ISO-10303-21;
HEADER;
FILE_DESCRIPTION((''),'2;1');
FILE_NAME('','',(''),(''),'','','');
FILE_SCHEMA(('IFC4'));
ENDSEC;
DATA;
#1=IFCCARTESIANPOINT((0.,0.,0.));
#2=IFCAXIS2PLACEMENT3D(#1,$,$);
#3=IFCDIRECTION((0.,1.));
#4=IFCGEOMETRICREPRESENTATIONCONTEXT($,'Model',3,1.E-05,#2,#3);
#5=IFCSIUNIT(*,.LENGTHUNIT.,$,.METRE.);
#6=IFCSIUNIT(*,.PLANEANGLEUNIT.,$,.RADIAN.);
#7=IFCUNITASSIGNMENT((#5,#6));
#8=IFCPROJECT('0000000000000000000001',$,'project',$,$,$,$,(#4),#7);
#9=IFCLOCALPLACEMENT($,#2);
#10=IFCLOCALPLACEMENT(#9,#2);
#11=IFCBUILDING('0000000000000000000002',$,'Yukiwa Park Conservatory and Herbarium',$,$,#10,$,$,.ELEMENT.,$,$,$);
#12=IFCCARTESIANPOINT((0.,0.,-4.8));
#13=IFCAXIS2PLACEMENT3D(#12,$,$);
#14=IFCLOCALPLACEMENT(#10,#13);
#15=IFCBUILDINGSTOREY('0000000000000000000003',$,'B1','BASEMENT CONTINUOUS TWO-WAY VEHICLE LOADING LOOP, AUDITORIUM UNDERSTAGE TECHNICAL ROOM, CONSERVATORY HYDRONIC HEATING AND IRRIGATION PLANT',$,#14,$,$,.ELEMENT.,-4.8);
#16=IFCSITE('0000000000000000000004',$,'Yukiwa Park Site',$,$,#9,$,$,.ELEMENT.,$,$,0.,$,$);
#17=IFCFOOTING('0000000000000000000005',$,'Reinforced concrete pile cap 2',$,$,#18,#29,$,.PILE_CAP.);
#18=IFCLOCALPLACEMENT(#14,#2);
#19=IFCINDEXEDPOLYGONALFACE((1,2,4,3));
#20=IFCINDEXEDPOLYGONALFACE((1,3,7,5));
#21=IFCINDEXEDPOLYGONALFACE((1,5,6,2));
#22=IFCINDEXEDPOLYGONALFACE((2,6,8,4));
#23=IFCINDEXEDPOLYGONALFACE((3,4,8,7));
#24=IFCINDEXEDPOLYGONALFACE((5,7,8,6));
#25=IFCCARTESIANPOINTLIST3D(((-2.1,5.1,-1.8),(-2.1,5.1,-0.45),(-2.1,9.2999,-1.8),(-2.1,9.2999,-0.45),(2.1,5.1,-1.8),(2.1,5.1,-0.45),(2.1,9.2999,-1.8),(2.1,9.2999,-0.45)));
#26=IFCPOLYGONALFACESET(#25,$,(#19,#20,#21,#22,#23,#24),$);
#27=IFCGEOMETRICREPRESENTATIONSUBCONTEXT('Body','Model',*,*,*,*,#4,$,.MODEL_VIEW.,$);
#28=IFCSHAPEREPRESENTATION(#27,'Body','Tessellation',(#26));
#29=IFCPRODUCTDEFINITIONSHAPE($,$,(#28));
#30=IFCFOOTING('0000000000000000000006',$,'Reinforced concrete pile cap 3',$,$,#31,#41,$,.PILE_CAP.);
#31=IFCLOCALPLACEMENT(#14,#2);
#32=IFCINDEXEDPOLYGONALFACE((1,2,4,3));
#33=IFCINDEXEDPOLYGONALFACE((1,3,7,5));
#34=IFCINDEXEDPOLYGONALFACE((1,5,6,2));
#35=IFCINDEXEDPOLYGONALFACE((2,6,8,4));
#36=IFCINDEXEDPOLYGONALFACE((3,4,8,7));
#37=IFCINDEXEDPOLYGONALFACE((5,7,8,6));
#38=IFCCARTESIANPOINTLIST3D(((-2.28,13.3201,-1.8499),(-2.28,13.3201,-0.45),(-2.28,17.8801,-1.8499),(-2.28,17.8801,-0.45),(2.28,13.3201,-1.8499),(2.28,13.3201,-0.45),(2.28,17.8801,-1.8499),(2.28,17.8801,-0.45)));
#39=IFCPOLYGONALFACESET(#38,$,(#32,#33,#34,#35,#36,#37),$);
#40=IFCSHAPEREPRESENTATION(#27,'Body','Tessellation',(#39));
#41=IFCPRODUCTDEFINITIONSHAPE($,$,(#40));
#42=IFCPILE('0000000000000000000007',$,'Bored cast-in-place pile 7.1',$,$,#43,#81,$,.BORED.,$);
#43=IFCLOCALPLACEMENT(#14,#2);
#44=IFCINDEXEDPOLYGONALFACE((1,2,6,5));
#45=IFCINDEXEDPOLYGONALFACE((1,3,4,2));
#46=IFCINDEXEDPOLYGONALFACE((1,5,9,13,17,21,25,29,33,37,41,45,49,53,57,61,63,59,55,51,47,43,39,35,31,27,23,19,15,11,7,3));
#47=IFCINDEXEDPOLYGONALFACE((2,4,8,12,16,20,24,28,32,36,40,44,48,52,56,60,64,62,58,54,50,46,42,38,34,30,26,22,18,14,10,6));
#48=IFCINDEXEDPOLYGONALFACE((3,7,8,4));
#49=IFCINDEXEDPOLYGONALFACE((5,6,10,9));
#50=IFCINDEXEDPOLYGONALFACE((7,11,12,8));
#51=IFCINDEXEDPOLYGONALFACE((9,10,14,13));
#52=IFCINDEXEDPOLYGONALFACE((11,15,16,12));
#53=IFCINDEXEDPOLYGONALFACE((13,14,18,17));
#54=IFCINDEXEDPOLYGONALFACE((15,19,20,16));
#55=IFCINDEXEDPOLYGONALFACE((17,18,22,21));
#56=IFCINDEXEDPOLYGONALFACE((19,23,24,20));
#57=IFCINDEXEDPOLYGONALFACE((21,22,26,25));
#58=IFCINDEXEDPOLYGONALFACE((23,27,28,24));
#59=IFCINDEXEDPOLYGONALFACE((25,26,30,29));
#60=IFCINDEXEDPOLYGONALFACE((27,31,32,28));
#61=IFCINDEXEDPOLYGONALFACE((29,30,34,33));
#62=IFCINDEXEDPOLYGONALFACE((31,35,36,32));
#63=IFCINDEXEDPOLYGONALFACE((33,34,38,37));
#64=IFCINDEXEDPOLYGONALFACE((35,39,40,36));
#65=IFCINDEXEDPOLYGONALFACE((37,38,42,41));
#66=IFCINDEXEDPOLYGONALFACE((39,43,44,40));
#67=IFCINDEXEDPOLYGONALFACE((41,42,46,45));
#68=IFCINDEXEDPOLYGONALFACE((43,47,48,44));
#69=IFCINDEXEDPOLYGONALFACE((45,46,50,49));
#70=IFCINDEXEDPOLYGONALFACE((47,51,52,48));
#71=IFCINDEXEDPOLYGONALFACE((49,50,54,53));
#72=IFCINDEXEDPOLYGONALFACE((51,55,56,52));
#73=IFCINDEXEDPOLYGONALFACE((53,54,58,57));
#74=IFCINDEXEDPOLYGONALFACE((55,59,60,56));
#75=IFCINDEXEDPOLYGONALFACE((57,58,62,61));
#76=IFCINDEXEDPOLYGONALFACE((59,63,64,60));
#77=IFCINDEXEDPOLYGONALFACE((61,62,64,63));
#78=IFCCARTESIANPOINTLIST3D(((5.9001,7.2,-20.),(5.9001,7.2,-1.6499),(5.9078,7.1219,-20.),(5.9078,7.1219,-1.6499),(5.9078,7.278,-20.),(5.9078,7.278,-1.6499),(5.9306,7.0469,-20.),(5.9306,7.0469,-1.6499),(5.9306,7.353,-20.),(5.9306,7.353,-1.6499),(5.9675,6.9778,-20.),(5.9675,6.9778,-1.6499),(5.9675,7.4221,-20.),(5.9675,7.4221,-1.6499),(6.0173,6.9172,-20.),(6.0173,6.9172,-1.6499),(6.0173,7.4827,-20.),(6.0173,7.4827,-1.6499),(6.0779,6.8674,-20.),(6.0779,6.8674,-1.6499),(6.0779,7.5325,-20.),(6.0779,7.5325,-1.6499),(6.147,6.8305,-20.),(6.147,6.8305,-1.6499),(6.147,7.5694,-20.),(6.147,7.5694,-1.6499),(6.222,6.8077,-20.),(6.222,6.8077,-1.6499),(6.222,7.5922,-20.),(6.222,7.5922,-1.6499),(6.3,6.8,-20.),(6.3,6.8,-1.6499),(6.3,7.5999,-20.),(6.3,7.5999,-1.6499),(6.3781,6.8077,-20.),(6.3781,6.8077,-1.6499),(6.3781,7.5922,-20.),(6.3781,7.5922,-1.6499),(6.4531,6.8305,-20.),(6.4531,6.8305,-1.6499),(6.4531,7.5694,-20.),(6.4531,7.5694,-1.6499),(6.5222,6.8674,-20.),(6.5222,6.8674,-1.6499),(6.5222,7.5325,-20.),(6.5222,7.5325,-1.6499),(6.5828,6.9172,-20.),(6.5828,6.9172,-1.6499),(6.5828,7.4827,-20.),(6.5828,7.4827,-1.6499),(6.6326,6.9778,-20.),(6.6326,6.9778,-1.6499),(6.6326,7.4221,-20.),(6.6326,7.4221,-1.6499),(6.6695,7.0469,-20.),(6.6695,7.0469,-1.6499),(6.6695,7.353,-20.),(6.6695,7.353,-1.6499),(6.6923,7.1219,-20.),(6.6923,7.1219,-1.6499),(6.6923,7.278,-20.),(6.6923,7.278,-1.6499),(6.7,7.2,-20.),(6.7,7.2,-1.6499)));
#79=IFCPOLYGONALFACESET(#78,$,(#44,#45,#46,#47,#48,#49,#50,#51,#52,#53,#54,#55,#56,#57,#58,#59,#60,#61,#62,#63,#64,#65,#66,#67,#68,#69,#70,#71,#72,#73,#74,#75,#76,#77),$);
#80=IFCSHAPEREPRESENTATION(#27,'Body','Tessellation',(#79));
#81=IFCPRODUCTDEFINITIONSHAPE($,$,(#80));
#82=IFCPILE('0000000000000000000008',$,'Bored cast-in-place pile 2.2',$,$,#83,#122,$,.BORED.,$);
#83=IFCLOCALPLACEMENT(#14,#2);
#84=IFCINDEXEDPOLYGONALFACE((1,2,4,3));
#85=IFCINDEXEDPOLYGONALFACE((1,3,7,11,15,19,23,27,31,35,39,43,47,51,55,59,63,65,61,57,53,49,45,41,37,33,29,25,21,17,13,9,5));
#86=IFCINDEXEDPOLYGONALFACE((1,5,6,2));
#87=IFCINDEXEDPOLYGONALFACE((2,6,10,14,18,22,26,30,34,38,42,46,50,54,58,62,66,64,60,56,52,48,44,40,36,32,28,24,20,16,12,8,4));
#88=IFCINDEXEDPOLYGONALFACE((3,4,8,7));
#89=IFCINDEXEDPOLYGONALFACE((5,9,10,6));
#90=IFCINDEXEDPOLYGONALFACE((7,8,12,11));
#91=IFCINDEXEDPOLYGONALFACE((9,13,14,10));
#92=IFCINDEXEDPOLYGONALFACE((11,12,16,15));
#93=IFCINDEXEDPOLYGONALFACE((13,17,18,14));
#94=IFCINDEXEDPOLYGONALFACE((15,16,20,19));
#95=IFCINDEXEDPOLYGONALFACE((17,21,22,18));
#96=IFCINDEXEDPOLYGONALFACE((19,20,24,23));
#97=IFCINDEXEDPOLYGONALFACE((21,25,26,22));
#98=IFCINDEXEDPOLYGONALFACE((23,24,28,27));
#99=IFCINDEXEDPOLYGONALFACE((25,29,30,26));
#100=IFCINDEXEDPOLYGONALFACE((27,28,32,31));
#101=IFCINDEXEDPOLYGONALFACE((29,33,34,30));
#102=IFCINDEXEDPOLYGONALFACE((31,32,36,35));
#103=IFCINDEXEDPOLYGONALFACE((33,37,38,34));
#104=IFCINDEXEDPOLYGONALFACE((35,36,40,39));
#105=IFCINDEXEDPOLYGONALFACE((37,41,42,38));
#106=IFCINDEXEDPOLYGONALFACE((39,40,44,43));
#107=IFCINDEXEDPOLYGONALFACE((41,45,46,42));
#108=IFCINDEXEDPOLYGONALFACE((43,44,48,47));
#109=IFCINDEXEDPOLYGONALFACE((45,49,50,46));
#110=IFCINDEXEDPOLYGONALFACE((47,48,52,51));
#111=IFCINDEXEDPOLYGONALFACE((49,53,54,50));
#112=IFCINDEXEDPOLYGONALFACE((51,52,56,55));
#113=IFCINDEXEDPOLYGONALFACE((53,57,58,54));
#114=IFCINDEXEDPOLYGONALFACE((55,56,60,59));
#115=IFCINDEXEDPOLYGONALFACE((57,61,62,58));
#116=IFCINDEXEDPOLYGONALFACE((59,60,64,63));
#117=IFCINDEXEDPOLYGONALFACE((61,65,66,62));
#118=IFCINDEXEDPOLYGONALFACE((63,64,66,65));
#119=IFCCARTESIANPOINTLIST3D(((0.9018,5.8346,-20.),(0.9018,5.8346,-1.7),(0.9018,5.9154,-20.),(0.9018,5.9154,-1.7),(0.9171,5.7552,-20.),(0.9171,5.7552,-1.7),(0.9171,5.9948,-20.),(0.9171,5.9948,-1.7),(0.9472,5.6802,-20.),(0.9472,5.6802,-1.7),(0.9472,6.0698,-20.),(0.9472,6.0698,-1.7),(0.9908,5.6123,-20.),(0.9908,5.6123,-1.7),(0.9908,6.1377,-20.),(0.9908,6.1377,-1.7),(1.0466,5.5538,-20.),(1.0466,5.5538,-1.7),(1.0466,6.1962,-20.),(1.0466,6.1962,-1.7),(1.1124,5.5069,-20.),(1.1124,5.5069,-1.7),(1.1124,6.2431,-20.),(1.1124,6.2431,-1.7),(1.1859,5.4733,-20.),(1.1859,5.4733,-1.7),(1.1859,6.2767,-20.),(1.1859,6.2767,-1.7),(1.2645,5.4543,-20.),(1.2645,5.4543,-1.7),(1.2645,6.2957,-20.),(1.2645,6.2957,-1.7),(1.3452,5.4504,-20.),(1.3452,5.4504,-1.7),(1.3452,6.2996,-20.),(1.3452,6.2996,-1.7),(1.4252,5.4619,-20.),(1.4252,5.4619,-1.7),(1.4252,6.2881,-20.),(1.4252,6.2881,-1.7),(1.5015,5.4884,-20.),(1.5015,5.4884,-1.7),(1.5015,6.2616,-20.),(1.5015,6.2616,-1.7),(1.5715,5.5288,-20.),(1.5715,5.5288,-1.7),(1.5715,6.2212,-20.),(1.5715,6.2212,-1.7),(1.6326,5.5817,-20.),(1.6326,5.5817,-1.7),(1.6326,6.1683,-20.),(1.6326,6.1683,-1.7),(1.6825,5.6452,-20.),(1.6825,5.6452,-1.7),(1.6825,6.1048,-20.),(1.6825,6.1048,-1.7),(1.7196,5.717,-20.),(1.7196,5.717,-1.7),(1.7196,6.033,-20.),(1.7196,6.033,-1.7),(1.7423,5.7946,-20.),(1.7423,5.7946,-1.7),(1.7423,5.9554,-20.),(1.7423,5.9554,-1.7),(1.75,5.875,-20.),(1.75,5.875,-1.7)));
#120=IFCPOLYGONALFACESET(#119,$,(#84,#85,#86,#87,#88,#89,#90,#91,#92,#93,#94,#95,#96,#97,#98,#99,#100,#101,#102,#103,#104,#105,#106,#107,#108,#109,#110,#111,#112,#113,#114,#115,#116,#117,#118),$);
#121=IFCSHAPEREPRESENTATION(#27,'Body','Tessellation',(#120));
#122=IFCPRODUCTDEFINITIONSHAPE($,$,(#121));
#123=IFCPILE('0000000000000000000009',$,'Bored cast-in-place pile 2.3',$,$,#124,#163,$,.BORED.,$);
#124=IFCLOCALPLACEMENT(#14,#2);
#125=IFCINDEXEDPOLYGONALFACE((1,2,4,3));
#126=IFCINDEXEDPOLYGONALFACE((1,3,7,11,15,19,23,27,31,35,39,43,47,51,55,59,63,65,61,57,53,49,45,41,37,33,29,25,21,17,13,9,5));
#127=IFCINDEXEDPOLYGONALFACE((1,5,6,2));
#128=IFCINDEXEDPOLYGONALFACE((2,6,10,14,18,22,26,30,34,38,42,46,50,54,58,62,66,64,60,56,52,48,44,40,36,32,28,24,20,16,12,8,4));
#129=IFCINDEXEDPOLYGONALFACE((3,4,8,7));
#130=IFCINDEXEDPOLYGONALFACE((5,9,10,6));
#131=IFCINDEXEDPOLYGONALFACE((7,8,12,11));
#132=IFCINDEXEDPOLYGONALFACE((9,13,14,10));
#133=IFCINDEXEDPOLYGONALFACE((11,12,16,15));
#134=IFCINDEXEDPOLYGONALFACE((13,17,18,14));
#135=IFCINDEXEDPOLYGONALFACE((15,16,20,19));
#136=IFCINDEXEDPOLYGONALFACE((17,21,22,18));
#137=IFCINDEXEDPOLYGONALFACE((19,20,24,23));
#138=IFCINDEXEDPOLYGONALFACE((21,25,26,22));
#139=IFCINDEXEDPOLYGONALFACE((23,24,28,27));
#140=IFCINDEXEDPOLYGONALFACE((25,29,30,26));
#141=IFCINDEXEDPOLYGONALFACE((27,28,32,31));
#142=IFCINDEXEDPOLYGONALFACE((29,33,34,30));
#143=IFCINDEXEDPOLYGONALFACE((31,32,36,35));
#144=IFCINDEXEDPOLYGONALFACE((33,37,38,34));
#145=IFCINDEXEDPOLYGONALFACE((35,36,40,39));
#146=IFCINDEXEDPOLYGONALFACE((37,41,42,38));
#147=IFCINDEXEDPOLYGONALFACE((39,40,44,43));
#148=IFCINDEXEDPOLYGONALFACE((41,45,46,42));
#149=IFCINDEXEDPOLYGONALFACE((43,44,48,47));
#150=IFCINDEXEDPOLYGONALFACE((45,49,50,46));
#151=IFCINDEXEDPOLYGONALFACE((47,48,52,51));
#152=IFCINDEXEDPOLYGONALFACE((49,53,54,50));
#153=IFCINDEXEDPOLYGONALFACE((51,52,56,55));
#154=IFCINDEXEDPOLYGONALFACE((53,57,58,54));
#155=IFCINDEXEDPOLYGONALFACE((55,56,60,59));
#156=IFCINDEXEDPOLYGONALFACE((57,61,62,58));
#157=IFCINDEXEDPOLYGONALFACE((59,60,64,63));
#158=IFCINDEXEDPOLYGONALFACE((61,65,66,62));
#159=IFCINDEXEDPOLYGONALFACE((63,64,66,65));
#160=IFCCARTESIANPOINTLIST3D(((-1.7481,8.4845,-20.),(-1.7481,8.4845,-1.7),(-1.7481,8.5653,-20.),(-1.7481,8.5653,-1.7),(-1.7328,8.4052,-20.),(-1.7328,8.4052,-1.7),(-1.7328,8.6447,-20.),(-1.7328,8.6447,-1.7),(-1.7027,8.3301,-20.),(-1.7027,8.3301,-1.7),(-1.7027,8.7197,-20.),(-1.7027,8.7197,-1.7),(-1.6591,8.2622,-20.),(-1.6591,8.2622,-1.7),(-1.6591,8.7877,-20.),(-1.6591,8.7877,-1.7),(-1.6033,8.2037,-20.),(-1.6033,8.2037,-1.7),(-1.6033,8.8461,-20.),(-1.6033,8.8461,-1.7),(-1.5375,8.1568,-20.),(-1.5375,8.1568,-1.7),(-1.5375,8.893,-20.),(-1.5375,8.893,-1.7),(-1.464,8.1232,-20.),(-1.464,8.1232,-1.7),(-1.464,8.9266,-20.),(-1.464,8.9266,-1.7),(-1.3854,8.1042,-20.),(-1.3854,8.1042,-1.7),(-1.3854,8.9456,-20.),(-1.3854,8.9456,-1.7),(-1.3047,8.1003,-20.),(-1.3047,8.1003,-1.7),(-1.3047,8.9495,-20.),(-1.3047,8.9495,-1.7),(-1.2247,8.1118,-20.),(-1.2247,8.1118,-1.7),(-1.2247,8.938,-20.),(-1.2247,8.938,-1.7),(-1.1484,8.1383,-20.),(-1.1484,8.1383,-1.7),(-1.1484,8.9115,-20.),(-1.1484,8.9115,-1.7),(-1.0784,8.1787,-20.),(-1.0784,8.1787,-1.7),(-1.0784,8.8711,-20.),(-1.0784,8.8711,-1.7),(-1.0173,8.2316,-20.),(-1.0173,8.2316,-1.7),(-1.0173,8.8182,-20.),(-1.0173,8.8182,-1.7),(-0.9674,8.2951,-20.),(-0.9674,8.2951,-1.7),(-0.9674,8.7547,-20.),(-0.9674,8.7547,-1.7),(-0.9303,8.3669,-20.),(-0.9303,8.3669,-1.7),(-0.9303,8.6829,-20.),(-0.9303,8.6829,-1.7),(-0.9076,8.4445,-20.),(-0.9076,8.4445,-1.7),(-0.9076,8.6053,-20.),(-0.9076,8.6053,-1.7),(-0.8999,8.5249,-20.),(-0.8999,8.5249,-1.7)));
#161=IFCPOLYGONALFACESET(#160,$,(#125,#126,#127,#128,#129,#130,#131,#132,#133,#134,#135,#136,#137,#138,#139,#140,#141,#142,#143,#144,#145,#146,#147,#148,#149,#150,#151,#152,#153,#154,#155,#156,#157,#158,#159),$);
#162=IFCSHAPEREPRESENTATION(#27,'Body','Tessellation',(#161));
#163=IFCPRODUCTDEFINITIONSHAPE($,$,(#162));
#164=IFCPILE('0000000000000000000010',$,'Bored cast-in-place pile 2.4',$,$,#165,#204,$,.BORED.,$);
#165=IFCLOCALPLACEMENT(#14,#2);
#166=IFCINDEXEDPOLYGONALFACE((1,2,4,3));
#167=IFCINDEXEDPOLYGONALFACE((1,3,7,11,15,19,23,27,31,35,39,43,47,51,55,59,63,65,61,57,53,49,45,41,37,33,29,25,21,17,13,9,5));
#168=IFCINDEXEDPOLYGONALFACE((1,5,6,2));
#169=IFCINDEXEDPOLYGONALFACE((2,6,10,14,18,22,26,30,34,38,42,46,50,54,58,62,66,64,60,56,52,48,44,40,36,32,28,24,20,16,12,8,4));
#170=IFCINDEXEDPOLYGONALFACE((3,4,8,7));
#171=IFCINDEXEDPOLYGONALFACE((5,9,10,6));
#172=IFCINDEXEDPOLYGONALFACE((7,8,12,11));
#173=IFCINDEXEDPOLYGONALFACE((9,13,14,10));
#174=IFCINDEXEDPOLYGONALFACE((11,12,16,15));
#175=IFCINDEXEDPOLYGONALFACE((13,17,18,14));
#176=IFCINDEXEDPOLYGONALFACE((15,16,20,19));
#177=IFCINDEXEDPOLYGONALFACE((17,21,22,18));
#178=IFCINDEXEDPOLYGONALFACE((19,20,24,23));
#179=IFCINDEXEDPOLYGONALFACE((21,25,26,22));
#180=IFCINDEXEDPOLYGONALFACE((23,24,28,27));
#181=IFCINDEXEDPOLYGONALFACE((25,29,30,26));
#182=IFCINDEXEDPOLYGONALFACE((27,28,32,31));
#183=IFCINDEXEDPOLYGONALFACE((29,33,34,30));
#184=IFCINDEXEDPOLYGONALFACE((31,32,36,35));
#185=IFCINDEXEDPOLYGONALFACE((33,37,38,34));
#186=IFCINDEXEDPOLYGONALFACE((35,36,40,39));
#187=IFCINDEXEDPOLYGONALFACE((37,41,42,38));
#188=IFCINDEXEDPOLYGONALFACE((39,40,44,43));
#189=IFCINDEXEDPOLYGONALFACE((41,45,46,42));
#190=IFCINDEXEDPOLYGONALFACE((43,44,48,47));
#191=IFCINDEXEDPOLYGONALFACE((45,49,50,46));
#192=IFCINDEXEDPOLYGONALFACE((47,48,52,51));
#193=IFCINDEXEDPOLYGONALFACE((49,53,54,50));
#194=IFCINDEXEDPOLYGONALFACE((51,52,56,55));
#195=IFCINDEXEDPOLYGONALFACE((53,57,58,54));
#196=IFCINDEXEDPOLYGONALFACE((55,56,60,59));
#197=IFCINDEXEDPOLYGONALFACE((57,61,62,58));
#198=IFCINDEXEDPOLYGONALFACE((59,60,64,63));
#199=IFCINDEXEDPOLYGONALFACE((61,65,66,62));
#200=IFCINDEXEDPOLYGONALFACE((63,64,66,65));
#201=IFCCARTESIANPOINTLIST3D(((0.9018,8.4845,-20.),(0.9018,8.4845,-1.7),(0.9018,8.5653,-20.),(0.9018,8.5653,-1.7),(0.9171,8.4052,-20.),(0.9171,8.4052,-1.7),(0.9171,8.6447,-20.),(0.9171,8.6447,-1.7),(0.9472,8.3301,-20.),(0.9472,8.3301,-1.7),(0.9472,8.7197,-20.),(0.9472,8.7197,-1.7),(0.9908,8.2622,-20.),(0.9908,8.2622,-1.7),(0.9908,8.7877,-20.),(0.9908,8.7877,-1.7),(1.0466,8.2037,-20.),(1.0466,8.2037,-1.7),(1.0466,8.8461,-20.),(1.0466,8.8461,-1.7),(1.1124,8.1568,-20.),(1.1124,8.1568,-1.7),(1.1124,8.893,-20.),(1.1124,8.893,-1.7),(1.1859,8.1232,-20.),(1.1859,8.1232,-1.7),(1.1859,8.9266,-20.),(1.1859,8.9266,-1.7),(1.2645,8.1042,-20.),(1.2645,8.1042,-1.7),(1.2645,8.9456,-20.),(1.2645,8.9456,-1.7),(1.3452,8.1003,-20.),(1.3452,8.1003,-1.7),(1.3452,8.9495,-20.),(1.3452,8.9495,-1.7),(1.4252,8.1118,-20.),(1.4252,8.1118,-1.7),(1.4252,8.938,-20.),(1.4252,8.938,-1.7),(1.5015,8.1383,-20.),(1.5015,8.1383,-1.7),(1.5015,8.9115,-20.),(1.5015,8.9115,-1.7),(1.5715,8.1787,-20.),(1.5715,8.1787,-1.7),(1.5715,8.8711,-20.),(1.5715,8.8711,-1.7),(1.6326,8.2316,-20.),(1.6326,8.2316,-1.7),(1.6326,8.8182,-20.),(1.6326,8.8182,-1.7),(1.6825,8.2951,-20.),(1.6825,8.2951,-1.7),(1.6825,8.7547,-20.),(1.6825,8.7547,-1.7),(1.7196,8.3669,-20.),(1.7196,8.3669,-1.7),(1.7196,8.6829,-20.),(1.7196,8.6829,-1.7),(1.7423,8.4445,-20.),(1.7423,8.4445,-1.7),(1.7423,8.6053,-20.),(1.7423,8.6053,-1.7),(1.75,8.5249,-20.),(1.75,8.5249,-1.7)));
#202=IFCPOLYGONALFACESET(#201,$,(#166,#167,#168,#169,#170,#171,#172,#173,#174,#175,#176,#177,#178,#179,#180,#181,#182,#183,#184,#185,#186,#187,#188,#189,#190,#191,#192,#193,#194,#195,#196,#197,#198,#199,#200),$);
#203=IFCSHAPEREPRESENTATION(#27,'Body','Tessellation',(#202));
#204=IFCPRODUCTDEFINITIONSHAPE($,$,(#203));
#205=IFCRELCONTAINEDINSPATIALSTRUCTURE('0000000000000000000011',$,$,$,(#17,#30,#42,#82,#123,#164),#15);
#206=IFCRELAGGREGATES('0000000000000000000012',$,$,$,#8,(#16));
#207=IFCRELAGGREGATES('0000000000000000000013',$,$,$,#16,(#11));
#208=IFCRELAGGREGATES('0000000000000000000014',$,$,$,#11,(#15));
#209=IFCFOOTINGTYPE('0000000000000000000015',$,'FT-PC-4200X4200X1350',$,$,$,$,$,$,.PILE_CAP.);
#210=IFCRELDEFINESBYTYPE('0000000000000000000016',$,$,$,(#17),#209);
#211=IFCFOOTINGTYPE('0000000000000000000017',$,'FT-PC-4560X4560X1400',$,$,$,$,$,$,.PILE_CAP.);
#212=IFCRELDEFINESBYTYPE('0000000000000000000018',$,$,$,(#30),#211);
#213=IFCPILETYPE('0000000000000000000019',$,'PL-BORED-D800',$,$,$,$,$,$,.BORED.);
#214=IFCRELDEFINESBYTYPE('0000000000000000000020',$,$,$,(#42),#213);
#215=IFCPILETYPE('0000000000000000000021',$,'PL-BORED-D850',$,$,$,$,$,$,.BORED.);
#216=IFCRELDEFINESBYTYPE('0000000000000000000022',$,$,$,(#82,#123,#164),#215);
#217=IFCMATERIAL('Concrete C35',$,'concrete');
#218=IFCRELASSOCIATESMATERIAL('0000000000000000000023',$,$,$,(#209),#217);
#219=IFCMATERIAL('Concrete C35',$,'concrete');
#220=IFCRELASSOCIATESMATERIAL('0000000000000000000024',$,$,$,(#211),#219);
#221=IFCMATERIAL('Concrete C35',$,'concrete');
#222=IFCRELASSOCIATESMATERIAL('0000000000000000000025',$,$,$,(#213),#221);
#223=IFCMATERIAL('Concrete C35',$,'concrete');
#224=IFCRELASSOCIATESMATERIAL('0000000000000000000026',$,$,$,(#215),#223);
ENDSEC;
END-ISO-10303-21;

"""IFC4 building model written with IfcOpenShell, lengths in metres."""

from ifc_helpers import new_model, si_unit, direction, frame, origin, origin_2d, place, context, subcontext, project, spatial, rectangle, circle, extrude, material, material_profile, profile_set, type_object, element, save


model = new_model("IFC4")

# Units and contexts
model_context = context("Model", 3, precision=1e-05, world=origin(), true_north=direction((0.0, 1.0)))
body_context = subcontext(model_context, "Body", "Model", "MODEL_VIEW")
ifc_project = project(units=[si_unit("LENGTHUNIT", "METRE"), si_unit("PLANEANGLEUNIT", "RADIAN")], contexts=[model_context])

# Site, building, storey
site_placement = place(None, origin())
site = spatial("IfcSite", under=ifc_project, at=site_placement, Name="Yukiwa Park Site", CompositionType="ELEMENT", RefElevation=0.0)
building_placement = place(site_placement, origin())
building = spatial("IfcBuilding", under=site, at=building_placement, Name="Yukiwa Park Conservatory and Herbarium", CompositionType="ELEMENT")
storey_placement = place(building_placement, frame((0.0, 0.0, -4.8)))
storey = spatial("IfcBuildingStorey", under=building, at=storey_placement, Name="B1", Description="BASEMENT CONTINUOUS TWO-WAY VEHICLE LOADING LOOP, AUDITORIUM UNDERSTAGE TECHNICAL ROOM, CONSERVATORY HYDRONIC HEATING AND IRRIGATION PLANT", CompositionType="ELEMENT", Elevation=-4.8)

# Footings
ifc_material_1 = material(Name="Concrete C35", Category="concrete")
footing_type_1 = type_object("IfcFootingType", Name="FT-PC-4200X4200X1350", PredefinedType="PILE_CAP", material=ifc_material_1)
footing_1_placement = place(storey_placement, frame((0.0, 7.2, -1.8), z_axis=(0.0, 0.0, 1.0), x_axis=(1.0, 0.0, 0.0)))
element("IfcFooting", 1, at=footing_1_placement, inside=storey, type_object=footing_type_1, Name="Reinforced concrete pile cap 2", PredefinedType="PILE_CAP", context=body_context, shape_type="SweptSolid", body=[
    extrude(rectangle(XDim=4.2, YDim=4.2, at=origin_2d()), origin(), (0.0, 0.0, 1.0), 1.3501),
])
ifc_material_2 = material(Name="Concrete C35", Category="concrete")
footing_type_2 = type_object("IfcFootingType", Name="FT-PC-4560X4560X1400", PredefinedType="PILE_CAP", material=ifc_material_2)
footing_2_placement = place(storey_placement, frame((0.0, 15.6001, -1.8499), z_axis=(0.0, 0.0, 1.0), x_axis=(1.0, 0.0, 0.0)))
element("IfcFooting", 2, at=footing_2_placement, inside=storey, type_object=footing_type_2, Name="Reinforced concrete pile cap 3", PredefinedType="PILE_CAP", context=body_context, shape_type="SweptSolid", body=[
    extrude(rectangle(XDim=4.5601, YDim=4.5601, at=origin_2d()), origin(), (0.0, 0.0, 1.0), 1.3999),
])

# Piles
ifc_material_3 = material(Name="Concrete C35", Category="concrete")
ifc_material_profile_1 = material_profile(ifc_material_3, circle(Radius=0.3999, at=origin_2d()), Name="PILE D800")
ifc_profile_set_1 = profile_set([ifc_material_profile_1], Name="Concrete C35")
pile_type_1 = type_object("IfcPileType", Name="PL-BORED-D800", PredefinedType="BORED", material=ifc_profile_set_1)
pile_placement = place(storey_placement, frame((6.3, 7.2, -1.6499), z_axis=(0.0, 0.0, -1.0), x_axis=(1.0, 0.0, 0.0)))
element("IfcPile", 3, at=pile_placement, inside=storey, type_object=pile_type_1, Name="Bored cast-in-place pile 7.1", PredefinedType="BORED", context=body_context, shape_type="SweptSolid", body=[
    extrude(circle(Radius=0.3999, at=origin_2d()), origin(), (0.0, 0.0, 1.0), 18.3501),
])
ifc_material_4 = material(Name="Concrete C35", Category="concrete")
ifc_material_profile_2 = material_profile(ifc_material_4, circle(Radius=0.425, at=origin_2d()), Name="PILE D850")
ifc_profile_set_2 = profile_set([ifc_material_profile_2], Name="Concrete C35")
pile_type_2 = type_object("IfcPileType", Name="PL-BORED-D850", PredefinedType="BORED", material=ifc_profile_set_2)
for number, where, z_axis, x_axis, name in (
    (4, (1.325, 5.875, -1.7), (0.0, 0.0, -1.0), (1.0, 0.0, 0.0), "Bored cast-in-place pile 2.2"),
    (5, (-1.325, 8.5249, -1.7), (0.0, 0.0, -1.0), (1.0, 0.0, 0.0), "Bored cast-in-place pile 2.3"),
    (6, (1.325, 8.5249, -1.7), (0.0, 0.0, -1.0), (1.0, 0.0, 0.0), "Bored cast-in-place pile 2.4"),
):
    element("IfcPile", number, at=place(storey_placement, frame(where, z_axis=z_axis, x_axis=x_axis)), inside=storey, type_object=pile_type_2, Name=name, PredefinedType="BORED", context=body_context, shape_type="SweptSolid", body=[
        extrude(circle(Radius=0.425, at=origin_2d()), origin(), (0.0, 0.0, 1.0), 18.3),
    ])

save(model, "model.ifc")
